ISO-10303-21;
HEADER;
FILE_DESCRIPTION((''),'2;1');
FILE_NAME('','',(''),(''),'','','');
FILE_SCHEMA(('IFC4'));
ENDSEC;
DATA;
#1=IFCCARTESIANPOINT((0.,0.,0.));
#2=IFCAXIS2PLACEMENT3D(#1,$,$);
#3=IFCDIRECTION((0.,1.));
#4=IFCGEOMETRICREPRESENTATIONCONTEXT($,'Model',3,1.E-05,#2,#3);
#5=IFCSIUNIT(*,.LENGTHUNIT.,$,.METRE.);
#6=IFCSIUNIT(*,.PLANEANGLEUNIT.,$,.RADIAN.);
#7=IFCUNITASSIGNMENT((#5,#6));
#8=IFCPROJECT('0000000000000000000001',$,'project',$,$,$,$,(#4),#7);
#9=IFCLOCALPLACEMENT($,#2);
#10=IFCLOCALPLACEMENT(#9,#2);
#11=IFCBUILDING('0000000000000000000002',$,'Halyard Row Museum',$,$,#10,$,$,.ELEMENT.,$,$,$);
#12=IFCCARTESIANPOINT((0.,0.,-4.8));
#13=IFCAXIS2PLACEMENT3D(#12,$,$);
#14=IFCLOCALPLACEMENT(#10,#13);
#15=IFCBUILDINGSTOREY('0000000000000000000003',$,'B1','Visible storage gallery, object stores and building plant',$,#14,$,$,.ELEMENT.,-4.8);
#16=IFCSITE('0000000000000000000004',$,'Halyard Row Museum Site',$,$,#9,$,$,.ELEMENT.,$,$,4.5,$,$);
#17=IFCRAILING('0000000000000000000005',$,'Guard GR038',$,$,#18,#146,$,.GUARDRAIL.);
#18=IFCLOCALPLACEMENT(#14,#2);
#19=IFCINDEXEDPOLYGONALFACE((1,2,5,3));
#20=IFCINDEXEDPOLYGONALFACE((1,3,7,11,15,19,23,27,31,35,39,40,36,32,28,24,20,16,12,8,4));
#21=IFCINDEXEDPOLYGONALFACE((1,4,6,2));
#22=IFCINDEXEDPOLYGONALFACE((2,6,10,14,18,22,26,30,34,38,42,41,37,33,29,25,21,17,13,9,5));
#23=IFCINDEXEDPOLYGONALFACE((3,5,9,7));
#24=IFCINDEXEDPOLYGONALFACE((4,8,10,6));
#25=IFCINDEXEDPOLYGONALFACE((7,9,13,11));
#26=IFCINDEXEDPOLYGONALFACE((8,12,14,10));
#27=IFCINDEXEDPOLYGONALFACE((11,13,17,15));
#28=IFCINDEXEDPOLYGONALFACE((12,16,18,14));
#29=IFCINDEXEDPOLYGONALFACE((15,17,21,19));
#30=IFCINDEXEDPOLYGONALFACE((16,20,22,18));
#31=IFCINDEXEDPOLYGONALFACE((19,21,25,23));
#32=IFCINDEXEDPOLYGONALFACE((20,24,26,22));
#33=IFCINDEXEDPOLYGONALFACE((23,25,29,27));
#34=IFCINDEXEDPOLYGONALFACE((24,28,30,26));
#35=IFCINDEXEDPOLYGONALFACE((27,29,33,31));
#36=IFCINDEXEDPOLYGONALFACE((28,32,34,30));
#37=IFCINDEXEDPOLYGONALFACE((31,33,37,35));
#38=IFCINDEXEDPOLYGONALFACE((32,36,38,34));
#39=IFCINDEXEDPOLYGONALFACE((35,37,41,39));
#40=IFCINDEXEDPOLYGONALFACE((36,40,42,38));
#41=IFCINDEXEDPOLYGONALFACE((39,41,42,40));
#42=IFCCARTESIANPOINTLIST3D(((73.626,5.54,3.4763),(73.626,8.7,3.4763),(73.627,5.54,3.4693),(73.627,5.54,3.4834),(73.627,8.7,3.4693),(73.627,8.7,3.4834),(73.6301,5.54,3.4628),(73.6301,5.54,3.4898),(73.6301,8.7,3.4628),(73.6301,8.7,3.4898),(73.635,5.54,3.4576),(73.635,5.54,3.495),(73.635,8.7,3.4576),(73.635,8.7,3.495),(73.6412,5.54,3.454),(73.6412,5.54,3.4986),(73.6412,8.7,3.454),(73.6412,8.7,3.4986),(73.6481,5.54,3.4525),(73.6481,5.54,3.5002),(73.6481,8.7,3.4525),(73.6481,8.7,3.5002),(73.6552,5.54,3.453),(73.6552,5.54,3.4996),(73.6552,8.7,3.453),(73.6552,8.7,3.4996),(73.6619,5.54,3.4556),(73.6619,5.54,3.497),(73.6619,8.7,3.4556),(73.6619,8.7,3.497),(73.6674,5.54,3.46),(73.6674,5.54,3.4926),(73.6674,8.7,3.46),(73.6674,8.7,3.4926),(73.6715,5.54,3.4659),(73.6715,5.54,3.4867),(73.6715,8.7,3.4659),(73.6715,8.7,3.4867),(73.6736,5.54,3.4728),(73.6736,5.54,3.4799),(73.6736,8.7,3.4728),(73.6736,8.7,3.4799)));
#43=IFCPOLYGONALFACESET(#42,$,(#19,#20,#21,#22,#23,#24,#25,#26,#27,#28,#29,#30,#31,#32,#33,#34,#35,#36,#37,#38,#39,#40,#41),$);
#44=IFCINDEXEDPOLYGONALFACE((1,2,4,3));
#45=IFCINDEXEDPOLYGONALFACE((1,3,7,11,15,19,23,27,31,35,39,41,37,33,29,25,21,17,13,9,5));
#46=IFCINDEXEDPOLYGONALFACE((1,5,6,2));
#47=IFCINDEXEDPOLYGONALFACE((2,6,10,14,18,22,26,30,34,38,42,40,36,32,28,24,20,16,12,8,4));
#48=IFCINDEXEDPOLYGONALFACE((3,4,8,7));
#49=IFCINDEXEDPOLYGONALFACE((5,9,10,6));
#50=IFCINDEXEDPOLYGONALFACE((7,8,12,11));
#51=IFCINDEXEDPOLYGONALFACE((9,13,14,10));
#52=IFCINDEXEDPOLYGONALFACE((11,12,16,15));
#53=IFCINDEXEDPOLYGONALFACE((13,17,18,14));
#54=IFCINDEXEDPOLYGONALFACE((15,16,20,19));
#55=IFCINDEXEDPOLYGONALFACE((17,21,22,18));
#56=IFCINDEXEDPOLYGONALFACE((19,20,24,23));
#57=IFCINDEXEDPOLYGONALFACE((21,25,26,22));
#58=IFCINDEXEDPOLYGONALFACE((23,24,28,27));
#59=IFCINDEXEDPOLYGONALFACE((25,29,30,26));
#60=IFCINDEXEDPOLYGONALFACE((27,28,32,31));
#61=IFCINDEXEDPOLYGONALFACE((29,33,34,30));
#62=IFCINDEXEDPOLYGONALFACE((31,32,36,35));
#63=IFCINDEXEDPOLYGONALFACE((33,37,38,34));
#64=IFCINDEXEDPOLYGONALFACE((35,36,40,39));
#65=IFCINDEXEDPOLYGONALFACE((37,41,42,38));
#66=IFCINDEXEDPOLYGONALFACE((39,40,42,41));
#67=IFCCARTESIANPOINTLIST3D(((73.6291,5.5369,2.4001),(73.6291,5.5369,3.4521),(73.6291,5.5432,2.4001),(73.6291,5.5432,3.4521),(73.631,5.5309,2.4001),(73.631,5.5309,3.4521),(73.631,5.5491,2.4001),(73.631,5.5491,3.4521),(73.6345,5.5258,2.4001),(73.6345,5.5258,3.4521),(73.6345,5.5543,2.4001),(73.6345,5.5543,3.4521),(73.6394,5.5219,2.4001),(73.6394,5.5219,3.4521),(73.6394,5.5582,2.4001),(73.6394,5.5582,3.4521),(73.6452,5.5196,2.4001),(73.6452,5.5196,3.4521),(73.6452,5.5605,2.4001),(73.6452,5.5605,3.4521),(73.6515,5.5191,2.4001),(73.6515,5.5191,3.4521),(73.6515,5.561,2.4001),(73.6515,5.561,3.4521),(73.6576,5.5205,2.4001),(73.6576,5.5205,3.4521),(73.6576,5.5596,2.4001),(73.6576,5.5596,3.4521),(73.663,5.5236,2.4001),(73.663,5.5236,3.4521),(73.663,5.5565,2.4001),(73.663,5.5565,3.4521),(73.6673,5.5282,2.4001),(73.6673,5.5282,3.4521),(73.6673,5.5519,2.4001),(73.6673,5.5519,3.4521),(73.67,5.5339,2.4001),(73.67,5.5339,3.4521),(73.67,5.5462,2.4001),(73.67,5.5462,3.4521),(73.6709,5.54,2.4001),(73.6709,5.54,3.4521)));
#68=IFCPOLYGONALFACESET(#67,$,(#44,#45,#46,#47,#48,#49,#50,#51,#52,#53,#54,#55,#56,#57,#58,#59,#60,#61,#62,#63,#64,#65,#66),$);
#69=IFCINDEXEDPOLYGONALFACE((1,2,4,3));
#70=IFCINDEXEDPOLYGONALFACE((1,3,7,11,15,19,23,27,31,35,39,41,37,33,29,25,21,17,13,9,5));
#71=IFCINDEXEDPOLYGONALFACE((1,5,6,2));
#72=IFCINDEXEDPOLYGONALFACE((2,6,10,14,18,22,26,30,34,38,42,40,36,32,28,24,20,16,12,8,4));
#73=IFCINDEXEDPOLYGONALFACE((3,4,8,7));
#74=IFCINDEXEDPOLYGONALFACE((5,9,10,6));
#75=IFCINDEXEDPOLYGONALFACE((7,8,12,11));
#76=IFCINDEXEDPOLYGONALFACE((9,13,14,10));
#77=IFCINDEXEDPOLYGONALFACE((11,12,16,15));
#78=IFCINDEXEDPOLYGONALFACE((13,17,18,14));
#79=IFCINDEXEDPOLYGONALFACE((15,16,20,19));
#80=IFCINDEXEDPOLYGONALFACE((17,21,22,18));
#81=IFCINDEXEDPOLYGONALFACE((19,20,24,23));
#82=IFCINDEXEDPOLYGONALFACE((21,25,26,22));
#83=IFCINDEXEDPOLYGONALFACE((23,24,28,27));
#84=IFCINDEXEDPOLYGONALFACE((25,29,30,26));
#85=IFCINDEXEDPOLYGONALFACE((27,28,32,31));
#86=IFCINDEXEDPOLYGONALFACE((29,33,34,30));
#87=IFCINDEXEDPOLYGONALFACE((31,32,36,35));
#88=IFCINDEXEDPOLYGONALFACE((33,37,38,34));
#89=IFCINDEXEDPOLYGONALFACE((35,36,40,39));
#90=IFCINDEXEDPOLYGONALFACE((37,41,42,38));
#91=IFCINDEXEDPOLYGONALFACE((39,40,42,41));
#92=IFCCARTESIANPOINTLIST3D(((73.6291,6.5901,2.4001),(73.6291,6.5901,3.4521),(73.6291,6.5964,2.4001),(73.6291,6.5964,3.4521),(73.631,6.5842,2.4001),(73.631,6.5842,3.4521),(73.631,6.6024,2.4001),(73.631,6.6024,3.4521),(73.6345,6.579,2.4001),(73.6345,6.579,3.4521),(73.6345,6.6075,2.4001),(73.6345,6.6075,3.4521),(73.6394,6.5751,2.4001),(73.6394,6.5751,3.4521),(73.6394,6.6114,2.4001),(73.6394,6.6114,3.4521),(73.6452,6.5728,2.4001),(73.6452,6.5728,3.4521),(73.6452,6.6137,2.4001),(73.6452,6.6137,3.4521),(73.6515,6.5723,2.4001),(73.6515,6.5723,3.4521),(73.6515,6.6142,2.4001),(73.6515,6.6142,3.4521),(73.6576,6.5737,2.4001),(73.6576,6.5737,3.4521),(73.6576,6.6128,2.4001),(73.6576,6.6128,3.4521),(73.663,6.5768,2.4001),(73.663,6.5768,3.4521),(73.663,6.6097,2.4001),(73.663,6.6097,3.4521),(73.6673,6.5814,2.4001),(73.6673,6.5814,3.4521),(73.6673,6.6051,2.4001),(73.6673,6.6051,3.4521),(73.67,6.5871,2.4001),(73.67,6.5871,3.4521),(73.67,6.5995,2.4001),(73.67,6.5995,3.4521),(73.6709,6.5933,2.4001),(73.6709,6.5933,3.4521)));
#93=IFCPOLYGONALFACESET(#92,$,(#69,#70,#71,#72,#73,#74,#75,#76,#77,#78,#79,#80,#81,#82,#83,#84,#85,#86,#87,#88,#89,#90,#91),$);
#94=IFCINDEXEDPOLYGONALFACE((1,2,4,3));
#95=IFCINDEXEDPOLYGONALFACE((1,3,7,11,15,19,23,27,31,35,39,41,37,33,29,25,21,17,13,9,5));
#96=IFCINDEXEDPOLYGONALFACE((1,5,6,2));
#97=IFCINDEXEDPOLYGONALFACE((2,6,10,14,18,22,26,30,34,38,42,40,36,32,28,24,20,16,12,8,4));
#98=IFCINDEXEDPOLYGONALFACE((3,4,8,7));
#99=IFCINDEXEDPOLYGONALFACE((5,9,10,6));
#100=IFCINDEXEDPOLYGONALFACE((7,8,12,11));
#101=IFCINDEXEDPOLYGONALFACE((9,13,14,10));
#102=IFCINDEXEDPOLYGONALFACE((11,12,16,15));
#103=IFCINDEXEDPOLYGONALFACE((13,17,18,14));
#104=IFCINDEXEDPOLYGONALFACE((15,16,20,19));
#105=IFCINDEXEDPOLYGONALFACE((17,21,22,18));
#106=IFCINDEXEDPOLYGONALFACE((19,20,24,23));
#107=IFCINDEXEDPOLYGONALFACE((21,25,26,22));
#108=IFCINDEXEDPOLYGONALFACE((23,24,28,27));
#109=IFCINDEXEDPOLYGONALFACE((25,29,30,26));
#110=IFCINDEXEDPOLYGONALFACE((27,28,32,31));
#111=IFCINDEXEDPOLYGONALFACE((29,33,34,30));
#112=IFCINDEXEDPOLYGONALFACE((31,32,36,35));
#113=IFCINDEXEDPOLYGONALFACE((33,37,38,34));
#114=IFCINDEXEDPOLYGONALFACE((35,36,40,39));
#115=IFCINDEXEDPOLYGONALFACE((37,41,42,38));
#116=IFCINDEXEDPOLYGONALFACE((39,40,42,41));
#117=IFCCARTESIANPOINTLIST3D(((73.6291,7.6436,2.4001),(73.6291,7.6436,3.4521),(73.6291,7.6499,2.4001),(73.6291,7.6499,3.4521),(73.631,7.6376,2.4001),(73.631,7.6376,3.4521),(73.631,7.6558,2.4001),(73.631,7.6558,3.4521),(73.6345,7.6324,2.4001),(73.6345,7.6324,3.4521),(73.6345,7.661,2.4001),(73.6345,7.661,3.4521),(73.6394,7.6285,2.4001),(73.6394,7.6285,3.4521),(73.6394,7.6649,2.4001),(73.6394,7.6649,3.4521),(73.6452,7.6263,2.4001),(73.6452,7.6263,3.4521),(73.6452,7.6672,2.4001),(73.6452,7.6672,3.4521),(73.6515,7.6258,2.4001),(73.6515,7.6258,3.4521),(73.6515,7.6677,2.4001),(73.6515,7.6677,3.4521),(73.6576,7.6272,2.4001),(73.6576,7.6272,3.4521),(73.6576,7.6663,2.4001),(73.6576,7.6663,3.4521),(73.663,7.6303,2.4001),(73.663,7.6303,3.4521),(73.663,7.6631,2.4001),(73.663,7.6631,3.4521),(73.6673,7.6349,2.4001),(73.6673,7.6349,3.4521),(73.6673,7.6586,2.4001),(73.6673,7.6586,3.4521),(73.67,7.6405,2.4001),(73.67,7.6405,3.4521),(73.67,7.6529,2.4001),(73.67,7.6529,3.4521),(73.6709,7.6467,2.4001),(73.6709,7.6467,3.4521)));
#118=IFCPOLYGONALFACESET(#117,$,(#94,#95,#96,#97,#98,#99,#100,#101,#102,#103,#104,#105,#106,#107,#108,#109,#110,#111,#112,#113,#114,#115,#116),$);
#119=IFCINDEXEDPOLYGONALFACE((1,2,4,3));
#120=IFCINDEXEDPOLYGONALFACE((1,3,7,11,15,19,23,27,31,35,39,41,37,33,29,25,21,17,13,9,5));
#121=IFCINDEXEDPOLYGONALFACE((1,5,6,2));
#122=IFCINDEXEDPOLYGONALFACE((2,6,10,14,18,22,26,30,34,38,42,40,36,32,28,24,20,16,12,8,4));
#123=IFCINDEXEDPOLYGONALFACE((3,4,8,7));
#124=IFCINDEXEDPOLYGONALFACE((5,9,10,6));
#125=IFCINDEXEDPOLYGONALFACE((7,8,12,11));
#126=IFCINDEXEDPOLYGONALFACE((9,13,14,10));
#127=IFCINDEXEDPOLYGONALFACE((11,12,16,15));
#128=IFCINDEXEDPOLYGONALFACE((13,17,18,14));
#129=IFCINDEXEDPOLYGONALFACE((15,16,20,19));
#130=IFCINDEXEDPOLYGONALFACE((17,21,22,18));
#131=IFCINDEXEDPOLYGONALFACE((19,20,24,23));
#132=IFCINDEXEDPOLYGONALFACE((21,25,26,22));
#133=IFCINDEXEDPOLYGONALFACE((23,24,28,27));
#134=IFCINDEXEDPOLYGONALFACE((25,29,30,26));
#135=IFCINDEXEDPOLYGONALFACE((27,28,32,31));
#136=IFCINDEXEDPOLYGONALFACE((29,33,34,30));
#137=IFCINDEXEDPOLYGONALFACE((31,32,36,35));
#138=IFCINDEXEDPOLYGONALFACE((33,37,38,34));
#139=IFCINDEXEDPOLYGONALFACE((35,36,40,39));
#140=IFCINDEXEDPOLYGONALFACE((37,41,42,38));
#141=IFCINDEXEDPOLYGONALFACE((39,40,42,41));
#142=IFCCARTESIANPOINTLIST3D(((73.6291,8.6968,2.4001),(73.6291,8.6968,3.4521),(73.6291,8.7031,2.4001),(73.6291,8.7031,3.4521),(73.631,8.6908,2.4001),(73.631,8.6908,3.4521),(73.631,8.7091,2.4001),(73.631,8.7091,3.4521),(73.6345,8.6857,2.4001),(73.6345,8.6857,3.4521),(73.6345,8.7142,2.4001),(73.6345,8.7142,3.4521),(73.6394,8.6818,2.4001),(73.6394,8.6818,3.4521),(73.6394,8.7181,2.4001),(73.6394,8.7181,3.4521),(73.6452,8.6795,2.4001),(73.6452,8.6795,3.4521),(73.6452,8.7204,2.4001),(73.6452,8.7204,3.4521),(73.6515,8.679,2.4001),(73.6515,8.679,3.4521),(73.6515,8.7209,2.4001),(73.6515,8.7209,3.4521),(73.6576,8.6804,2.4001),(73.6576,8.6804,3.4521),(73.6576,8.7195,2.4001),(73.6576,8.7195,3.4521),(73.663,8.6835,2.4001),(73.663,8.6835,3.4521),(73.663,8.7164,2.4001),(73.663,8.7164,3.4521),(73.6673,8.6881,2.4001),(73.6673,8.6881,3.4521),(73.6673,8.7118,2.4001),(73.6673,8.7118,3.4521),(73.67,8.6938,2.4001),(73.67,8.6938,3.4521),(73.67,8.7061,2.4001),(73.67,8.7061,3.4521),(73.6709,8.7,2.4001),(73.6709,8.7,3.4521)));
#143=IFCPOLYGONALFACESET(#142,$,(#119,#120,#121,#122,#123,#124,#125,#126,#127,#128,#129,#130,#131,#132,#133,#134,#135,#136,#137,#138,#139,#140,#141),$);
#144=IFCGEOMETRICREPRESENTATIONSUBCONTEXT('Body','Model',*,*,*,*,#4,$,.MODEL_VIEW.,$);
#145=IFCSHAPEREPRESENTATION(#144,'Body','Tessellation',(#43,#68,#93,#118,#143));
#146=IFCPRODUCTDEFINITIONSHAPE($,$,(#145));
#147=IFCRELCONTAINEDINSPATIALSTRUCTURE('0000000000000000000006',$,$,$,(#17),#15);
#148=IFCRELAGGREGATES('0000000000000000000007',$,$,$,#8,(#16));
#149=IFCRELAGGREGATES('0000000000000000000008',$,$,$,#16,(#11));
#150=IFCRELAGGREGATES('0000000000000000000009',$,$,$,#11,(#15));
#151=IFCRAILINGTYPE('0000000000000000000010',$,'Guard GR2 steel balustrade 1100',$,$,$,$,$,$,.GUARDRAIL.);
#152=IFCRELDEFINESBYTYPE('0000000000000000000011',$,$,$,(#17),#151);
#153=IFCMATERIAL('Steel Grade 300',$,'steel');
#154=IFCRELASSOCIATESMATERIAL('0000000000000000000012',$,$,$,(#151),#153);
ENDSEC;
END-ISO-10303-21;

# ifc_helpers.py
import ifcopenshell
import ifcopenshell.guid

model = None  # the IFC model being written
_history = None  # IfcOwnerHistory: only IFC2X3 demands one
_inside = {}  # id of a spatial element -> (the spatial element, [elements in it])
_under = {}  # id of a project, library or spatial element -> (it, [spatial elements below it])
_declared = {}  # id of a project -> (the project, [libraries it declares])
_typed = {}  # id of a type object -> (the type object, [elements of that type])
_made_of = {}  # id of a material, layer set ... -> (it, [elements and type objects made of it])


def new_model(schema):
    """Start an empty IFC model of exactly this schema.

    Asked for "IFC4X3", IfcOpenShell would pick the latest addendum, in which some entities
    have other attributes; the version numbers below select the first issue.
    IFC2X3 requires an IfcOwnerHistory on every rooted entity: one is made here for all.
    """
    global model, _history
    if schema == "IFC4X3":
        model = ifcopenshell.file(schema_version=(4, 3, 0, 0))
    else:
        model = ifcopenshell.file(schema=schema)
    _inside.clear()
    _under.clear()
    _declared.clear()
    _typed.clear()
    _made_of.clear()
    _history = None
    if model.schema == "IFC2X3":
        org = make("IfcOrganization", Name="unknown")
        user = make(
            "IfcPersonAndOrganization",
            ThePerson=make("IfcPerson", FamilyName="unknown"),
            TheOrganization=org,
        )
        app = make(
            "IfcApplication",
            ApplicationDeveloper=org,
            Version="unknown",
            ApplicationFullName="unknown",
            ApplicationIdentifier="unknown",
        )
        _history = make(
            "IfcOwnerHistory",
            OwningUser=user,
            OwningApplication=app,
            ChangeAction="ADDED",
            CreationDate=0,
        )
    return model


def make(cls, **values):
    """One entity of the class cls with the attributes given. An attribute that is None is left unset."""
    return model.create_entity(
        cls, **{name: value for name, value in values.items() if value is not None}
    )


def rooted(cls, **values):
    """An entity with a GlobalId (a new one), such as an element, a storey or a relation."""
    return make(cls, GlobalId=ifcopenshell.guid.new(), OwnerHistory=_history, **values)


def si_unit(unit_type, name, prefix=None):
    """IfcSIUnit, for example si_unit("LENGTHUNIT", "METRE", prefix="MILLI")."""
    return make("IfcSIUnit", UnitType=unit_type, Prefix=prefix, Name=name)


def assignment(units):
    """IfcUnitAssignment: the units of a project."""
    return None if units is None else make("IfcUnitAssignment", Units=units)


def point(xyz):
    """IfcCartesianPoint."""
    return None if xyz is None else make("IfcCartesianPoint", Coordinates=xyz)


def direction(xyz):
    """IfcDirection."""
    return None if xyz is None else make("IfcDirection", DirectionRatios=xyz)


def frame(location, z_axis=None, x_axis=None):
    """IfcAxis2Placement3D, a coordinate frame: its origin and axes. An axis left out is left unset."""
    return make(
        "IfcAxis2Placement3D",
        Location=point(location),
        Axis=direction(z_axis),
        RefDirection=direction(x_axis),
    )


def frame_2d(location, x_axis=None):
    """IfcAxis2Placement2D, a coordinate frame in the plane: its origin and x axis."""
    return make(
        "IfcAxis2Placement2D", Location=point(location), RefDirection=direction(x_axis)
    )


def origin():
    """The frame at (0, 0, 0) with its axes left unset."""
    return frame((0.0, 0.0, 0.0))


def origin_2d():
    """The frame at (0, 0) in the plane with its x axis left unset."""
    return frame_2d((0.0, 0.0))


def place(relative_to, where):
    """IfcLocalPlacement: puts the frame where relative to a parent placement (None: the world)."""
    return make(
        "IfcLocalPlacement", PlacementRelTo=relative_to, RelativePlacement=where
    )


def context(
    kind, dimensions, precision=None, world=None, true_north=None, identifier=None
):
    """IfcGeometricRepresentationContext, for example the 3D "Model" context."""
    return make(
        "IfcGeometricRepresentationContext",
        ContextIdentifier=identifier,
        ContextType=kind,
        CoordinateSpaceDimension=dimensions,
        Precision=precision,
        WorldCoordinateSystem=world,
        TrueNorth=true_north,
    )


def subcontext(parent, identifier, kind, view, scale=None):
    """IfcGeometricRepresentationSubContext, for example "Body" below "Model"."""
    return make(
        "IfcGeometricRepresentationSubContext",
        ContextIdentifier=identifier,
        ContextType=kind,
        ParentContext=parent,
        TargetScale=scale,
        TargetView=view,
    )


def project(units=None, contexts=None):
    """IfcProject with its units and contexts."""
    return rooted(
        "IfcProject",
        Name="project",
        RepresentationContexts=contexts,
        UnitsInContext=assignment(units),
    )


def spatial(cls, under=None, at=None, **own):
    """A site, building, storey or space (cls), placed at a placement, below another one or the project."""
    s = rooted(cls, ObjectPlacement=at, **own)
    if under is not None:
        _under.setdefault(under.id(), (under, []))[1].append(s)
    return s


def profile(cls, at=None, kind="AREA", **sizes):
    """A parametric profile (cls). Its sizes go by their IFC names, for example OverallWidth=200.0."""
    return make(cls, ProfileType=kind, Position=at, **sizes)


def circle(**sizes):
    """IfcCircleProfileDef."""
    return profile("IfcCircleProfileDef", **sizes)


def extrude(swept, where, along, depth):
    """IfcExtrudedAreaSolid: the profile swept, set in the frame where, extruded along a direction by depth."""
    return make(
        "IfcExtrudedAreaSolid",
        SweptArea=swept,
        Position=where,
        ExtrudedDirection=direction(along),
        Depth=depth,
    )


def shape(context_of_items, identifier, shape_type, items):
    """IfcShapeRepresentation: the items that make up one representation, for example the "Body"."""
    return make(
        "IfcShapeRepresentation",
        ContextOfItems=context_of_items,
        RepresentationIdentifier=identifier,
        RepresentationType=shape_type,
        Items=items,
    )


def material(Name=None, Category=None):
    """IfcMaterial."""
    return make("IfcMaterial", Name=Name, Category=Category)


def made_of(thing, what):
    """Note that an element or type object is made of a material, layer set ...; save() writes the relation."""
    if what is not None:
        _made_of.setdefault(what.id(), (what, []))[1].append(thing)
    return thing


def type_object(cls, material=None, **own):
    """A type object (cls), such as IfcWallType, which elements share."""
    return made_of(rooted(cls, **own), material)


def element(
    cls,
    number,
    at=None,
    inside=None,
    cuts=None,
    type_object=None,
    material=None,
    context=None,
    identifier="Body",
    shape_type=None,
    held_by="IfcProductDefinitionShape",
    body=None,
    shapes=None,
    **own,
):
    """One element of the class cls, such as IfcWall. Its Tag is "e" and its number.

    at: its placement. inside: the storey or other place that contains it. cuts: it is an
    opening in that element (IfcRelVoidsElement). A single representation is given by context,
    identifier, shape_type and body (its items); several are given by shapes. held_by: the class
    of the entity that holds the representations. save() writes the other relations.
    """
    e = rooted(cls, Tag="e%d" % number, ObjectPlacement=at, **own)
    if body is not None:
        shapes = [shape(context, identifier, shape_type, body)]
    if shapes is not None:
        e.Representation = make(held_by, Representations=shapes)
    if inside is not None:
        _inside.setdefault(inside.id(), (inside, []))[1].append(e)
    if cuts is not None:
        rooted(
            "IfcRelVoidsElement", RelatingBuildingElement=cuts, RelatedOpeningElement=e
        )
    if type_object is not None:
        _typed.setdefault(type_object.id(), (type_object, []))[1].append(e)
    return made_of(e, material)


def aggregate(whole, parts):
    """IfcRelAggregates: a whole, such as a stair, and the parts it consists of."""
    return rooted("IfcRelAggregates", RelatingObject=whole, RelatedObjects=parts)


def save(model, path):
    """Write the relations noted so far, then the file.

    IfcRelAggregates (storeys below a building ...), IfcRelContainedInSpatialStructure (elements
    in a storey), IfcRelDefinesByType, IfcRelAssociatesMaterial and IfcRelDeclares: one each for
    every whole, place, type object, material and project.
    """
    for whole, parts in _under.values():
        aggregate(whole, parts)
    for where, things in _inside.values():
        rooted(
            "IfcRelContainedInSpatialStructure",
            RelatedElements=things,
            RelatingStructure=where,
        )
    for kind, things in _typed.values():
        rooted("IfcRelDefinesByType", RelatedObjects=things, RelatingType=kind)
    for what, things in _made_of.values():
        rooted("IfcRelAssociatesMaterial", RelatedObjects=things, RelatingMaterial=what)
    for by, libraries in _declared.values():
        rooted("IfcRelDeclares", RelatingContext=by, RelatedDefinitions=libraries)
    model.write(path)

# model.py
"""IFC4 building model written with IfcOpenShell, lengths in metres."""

from ifc_helpers import new_model, si_unit, direction, frame, origin, origin_2d, place, context, subcontext, project, spatial, circle, extrude, material, type_object, element, save


model = new_model("IFC4")

# Units and contexts
model_context = context("Model", 3, precision=1e-05, world=origin(), true_north=direction((0.0, 1.0)))
body_context = subcontext(model_context, "Body", "Model", "MODEL_VIEW")
ifc_project = project(units=[si_unit("LENGTHUNIT", "METRE"), si_unit("PLANEANGLEUNIT", "RADIAN")], contexts=[model_context])

# Site, building, storey
site_placement = place(None, origin())
site = spatial("IfcSite", under=ifc_project, at=site_placement, Name="Halyard Row Museum Site", CompositionType="ELEMENT", RefElevation=4.5)
building_placement = place(site_placement, origin())
building = spatial("IfcBuilding", under=site, at=building_placement, Name="Halyard Row Museum", CompositionType="ELEMENT")
storey_placement = place(building_placement, frame((0.0, 0.0, -4.8)))
storey = spatial("IfcBuildingStorey", under=building, at=storey_placement, Name="B1", Description="Visible storage gallery, object stores and building plant", CompositionType="ELEMENT", Elevation=-4.8)

# Railing
ifc_material_1 = material(Name="Steel Grade 300", Category="steel")
railing_type_1 = type_object("IfcRailingType", Name="Guard GR2 steel balustrade 1100", PredefinedType="GUARDRAIL", material=ifc_material_1)
railing_1_placement = place(storey_placement, frame((73.6499, 5.54, 2.4001)))
element("IfcRailing", 1, at=railing_1_placement, inside=storey, type_object=railing_type_1, Name="Guard GR038", PredefinedType="GUARDRAIL", context=body_context, shape_type="SweptSolid", body=[
    extrude(circle(Radius=0.0239, at=origin_2d()), frame((0.0, 0.0, 1.0762), z_axis=(0.0, 1.0, 0.0), x_axis=(-1.0, 0.0, 0.0)), (0.0, 0.0, 1.0), 3.1599),
    extrude(circle(Radius=0.021, at=origin_2d()), origin(), (0.0, 0.0, 1.0), 1.052),
    extrude(circle(Radius=0.021, at=origin_2d()), frame((0.0, 1.0532, 0.0)), (0.0, 0.0, 1.0), 1.052),
    extrude(circle(Radius=0.021, at=origin_2d()), frame((0.0, 2.1067, 0.0)), (0.0, 0.0, 1.0), 1.052),
    extrude(circle(Radius=0.021, at=origin_2d()), frame((0.0, 3.1599, 0.0)), (0.0, 0.0, 1.0), 1.052),
])

save(model, "model.ifc")
